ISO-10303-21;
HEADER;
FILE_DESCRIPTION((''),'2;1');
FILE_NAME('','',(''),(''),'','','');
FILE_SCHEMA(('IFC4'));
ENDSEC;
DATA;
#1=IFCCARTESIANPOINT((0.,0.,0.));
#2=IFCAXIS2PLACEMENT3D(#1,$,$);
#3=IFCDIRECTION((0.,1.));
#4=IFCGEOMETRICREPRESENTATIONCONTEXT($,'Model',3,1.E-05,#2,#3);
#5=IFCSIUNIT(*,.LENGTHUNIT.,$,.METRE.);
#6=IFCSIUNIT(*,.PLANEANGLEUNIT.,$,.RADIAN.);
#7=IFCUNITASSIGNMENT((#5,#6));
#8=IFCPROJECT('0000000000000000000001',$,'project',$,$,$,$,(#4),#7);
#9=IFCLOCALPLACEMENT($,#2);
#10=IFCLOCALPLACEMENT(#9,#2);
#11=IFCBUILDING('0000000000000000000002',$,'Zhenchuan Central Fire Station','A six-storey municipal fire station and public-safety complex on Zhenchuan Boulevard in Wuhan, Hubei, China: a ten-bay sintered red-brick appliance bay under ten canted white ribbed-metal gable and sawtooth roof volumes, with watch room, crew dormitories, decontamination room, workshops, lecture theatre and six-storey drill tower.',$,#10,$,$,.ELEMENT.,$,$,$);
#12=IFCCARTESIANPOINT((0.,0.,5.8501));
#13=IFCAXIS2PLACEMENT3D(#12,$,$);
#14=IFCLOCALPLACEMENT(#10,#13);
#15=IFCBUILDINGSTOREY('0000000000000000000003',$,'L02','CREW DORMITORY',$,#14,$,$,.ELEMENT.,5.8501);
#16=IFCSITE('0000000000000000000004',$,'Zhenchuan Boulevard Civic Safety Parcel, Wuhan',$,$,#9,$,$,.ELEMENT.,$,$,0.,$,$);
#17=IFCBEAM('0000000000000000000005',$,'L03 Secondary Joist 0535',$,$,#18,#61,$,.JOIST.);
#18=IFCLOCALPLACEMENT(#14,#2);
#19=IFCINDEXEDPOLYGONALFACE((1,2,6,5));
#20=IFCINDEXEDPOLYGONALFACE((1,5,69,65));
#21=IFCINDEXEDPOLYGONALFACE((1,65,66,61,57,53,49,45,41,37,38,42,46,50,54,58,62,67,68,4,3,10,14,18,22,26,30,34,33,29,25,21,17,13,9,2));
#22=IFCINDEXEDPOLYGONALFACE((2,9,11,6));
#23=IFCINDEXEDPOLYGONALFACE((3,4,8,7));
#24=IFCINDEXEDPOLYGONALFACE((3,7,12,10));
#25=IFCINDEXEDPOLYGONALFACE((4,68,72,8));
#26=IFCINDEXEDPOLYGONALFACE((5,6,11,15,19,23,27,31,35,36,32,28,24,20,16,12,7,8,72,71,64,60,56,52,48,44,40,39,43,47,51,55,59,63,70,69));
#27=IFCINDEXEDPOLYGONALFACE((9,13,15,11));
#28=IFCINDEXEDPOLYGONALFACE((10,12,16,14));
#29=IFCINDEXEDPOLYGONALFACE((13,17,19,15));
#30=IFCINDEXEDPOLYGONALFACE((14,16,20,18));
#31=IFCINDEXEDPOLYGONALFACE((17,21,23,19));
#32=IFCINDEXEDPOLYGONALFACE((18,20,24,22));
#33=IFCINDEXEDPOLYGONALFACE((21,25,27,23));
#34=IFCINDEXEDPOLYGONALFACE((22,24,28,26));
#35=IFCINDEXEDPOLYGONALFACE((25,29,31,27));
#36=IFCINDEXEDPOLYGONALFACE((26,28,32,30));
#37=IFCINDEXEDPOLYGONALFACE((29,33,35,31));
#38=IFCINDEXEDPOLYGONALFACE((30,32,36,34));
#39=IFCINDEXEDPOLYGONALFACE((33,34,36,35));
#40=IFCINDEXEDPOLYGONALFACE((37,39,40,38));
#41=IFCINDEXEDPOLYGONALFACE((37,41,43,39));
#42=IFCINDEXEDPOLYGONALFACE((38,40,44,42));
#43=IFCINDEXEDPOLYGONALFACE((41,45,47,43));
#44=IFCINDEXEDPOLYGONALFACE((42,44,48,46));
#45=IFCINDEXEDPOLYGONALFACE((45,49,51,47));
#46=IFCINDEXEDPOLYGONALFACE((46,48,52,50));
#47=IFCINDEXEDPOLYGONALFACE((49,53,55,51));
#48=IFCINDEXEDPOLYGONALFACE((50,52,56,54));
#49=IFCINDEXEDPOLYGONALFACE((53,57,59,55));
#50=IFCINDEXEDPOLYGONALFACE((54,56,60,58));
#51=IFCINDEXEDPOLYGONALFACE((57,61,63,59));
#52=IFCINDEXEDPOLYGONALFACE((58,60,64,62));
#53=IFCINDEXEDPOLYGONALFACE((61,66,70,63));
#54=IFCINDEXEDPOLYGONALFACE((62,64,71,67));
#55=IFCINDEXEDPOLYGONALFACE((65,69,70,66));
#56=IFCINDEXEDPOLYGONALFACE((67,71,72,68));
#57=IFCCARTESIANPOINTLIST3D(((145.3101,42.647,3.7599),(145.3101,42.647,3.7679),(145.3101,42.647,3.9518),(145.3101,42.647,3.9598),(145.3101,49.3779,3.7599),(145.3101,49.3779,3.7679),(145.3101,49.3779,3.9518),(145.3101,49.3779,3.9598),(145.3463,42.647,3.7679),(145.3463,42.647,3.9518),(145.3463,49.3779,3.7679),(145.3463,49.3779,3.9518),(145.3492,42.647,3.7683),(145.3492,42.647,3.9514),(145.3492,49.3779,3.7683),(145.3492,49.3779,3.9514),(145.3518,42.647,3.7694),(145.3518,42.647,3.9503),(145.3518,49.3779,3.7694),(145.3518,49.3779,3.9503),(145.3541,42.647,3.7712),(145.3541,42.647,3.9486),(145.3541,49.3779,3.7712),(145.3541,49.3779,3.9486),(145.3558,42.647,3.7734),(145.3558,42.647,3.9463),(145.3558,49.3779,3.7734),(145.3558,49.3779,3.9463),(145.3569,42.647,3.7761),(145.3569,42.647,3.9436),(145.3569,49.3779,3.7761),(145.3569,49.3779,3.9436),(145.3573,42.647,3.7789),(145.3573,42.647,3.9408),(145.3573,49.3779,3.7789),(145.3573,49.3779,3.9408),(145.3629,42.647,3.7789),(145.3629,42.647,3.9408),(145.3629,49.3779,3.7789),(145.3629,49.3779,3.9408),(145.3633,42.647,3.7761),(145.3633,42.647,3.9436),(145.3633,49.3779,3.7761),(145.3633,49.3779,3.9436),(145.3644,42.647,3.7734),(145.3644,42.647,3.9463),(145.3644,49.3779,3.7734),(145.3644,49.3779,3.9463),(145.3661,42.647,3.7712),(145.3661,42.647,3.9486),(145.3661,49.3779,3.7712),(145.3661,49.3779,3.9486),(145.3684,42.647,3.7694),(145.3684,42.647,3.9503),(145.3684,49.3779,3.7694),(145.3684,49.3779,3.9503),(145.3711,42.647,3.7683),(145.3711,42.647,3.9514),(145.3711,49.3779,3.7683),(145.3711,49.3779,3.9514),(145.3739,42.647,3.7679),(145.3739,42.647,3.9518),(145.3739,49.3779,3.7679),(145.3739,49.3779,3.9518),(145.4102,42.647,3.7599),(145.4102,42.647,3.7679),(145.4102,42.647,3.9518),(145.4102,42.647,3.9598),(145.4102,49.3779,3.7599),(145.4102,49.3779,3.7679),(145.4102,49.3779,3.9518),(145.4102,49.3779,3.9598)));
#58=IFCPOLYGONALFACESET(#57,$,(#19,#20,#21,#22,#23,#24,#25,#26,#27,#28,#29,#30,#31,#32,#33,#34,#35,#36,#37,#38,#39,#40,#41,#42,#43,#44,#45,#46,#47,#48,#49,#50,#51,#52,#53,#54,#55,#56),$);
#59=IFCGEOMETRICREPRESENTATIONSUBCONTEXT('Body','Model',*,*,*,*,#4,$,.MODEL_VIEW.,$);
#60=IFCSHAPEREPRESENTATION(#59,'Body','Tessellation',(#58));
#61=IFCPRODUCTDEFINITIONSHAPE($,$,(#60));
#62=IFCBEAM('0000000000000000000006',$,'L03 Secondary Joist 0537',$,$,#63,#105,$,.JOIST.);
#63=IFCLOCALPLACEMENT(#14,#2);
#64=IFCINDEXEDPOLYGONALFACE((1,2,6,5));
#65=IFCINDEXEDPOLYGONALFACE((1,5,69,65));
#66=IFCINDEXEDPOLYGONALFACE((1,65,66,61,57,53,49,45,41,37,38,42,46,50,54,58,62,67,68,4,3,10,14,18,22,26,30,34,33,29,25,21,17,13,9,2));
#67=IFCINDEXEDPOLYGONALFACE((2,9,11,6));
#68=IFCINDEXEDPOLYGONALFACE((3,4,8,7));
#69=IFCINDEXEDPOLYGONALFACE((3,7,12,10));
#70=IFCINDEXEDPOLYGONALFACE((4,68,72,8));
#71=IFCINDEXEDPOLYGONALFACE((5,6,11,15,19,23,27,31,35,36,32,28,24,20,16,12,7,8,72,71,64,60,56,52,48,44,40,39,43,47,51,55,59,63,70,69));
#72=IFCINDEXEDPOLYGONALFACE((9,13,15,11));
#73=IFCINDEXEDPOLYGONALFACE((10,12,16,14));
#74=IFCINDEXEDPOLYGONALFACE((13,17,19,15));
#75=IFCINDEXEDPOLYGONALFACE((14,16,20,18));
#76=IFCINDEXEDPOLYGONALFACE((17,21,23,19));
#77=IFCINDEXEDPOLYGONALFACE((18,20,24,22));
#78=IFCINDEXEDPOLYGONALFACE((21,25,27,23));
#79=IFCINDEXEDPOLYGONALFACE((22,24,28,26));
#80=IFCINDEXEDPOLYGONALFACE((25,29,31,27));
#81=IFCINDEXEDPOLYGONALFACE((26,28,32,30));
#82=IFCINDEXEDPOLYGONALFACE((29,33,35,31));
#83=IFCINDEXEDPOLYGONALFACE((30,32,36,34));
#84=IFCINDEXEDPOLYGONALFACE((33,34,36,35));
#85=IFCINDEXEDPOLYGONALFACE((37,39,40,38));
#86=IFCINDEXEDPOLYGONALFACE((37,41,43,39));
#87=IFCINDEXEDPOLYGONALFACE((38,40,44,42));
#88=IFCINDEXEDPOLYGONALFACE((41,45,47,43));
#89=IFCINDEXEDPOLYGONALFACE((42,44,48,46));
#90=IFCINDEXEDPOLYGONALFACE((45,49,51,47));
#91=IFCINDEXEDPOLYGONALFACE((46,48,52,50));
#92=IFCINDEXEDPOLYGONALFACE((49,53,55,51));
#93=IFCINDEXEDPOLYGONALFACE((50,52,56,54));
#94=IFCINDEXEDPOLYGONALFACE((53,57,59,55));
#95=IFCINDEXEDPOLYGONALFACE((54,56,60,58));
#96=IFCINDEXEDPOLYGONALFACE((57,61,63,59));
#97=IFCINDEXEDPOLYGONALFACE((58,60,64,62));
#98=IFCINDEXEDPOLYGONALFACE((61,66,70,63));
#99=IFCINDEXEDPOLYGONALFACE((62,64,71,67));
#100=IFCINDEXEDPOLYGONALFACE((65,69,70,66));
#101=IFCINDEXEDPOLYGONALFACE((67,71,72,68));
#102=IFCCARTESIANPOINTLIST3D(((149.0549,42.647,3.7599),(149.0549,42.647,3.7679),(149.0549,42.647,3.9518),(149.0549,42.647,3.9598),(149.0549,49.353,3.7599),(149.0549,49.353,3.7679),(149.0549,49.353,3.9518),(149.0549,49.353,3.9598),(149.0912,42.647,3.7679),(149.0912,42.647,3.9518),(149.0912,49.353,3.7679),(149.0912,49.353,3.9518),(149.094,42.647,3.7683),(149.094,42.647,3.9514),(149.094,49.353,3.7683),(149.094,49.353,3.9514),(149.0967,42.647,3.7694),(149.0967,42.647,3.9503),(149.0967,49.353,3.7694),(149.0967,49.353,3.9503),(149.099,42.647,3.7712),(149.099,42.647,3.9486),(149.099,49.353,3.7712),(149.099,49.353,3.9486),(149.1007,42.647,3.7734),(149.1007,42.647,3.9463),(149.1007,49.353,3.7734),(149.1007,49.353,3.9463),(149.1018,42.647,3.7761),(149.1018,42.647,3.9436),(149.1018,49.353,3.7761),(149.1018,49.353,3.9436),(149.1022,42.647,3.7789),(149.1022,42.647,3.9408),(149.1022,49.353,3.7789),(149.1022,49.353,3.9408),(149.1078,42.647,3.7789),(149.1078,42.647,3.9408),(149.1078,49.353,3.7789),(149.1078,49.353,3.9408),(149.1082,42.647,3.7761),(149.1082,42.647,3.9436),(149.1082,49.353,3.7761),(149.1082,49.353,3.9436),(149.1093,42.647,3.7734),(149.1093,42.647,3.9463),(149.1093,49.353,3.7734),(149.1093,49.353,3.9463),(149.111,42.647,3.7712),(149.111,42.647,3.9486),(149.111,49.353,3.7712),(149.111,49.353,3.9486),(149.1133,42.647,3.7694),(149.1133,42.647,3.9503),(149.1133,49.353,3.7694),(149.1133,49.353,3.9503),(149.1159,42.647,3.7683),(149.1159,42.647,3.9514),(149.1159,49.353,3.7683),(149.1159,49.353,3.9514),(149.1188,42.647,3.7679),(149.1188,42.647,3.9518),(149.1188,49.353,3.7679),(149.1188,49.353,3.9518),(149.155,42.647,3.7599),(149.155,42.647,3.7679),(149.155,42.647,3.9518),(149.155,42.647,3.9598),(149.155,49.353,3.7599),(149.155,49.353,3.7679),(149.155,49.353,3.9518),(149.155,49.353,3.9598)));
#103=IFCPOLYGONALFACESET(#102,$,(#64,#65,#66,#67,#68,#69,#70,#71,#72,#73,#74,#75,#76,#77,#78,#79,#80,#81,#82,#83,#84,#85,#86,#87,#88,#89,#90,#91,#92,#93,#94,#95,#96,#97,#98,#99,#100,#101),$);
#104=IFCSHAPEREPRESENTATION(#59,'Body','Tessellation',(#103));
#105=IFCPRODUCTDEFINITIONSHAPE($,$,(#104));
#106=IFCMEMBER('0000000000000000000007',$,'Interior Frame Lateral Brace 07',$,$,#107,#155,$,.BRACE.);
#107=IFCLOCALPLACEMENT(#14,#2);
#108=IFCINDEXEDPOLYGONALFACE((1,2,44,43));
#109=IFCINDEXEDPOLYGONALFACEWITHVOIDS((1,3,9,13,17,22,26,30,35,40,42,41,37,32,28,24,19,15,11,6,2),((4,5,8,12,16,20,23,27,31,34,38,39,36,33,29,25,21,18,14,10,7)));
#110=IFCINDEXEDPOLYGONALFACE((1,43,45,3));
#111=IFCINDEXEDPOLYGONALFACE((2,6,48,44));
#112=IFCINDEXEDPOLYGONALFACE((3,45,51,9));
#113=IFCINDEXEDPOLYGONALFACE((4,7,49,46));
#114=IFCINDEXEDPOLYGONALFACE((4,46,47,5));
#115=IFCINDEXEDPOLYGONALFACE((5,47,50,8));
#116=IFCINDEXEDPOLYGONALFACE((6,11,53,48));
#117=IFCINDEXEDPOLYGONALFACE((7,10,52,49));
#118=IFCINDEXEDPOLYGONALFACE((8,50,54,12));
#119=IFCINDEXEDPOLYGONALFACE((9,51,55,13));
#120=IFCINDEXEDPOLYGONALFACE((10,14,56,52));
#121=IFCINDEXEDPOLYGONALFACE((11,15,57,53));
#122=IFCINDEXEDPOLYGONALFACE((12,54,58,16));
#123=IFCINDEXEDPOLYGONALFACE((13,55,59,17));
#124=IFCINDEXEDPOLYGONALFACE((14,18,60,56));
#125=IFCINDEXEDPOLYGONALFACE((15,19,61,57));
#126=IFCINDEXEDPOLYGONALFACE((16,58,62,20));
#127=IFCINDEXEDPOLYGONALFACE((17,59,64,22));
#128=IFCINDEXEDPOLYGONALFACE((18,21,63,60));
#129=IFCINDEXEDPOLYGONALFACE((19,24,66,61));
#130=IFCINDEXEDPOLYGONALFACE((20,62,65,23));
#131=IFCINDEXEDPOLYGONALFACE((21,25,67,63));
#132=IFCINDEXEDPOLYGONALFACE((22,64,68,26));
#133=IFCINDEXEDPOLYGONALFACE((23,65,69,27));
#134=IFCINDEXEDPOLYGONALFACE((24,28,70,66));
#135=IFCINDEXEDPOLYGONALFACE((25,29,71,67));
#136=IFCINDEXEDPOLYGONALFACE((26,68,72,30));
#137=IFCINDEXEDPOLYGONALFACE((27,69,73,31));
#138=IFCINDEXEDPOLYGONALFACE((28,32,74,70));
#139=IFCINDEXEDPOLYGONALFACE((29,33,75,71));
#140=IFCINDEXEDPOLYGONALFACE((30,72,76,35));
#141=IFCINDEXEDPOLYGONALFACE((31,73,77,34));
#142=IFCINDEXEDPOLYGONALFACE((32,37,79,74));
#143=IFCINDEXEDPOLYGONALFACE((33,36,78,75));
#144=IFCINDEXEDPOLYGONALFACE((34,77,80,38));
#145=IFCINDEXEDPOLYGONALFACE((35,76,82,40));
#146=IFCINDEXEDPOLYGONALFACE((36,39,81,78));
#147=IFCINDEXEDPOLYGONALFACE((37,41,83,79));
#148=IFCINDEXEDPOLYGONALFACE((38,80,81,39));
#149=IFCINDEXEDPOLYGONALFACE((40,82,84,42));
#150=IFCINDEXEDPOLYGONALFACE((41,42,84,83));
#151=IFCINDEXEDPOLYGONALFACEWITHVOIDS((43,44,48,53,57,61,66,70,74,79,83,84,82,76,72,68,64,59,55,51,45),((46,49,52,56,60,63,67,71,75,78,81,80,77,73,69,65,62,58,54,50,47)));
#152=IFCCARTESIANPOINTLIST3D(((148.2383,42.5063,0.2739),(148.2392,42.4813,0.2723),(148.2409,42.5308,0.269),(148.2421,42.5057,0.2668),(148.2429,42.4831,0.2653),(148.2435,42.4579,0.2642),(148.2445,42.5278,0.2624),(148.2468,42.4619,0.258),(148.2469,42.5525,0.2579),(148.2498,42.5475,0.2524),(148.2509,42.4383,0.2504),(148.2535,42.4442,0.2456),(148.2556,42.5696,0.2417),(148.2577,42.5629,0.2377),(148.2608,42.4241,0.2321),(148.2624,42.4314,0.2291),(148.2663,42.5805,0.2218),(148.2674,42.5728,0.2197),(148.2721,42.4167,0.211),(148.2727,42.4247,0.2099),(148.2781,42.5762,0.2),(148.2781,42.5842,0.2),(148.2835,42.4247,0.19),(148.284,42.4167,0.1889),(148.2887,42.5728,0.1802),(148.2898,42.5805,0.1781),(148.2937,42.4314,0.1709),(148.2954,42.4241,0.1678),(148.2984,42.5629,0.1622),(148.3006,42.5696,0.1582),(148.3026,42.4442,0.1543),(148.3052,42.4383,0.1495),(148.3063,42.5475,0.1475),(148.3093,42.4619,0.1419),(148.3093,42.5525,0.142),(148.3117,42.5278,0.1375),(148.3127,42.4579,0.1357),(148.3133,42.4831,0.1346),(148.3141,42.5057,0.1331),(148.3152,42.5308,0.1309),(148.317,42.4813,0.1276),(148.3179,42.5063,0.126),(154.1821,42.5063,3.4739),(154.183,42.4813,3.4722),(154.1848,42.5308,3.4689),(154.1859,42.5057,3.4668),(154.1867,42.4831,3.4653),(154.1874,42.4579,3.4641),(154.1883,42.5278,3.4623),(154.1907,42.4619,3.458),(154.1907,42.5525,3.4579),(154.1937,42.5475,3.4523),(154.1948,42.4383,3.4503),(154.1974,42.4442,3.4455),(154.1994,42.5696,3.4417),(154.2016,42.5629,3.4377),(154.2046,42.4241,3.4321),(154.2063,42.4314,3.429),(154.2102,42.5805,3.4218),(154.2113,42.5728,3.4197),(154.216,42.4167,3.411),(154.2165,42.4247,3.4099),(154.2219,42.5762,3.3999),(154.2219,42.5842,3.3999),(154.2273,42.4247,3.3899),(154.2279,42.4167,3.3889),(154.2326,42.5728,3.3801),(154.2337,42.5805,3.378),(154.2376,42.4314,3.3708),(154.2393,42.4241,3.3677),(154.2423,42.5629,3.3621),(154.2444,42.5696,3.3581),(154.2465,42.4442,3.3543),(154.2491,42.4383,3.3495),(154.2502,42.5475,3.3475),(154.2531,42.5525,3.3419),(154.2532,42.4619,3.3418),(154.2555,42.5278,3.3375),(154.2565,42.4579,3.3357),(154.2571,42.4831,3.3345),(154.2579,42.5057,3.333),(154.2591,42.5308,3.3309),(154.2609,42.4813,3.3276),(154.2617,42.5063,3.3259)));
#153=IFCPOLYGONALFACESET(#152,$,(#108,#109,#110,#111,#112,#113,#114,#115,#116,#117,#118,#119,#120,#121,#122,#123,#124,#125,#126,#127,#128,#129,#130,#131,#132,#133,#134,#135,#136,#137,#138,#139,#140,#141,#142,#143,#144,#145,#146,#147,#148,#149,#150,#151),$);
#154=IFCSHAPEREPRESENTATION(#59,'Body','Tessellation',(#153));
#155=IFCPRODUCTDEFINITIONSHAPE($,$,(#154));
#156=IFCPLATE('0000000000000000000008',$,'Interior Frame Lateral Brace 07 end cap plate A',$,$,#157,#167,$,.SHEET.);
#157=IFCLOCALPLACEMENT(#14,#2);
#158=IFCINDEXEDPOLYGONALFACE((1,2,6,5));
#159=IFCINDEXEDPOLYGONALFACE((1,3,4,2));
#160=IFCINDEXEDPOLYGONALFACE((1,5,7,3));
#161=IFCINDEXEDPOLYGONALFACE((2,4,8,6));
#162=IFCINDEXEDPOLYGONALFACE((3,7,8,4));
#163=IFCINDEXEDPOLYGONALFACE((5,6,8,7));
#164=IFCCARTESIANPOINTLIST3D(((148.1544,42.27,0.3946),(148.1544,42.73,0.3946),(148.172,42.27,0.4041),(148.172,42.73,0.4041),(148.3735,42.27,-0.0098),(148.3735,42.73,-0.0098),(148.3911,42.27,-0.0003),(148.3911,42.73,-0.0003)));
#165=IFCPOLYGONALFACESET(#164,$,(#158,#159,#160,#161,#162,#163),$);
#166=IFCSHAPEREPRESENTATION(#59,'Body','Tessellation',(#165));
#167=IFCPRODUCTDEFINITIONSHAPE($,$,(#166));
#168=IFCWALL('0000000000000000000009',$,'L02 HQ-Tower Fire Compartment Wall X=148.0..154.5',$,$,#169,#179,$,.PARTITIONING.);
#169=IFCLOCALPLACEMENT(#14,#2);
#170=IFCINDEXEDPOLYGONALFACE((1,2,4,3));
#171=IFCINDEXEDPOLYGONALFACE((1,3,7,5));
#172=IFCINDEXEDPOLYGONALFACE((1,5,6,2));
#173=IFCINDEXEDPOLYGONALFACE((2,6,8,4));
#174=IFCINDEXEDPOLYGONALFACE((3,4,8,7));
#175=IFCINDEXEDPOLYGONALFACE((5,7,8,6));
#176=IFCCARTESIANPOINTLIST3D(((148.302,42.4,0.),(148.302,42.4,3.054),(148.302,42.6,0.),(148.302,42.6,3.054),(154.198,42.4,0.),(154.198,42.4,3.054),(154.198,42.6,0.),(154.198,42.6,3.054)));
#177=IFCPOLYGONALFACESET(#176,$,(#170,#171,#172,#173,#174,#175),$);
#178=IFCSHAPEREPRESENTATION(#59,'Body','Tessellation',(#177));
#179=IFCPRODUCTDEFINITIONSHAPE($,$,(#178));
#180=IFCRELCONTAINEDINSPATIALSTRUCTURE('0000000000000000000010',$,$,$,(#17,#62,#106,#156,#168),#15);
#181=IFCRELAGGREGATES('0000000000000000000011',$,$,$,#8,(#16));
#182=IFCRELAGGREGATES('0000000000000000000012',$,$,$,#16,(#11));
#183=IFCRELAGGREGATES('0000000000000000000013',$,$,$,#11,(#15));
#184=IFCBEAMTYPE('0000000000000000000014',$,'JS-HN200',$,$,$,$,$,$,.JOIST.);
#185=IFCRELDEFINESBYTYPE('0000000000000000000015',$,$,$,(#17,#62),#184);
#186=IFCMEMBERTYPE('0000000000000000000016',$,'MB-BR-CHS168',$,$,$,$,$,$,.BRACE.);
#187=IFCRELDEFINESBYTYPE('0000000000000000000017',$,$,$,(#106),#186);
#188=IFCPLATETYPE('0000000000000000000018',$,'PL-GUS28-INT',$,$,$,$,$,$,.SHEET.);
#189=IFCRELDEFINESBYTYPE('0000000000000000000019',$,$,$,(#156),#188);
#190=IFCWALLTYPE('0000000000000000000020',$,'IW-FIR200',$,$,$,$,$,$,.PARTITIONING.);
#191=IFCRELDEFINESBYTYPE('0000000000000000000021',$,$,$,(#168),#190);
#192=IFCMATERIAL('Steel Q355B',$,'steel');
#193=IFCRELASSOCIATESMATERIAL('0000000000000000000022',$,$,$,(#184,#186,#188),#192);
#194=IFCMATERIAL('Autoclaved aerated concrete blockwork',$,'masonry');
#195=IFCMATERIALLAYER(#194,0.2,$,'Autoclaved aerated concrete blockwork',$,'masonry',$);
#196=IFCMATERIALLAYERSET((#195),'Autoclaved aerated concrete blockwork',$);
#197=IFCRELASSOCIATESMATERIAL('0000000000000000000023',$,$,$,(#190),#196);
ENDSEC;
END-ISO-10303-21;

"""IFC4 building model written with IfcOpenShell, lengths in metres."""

from ifc_helpers import new_model, si_unit, direction, frame, frame_2d, origin, origin_2d, place, context, subcontext, project, spatial, rectangle, hollow_circle, i_section, extrude, material, layer, layer_set, material_profile, profile_set, type_object, element, save


model = new_model("IFC4")

# Units and contexts
model_context = context("Model", 3, precision=1e-05, world=origin(), true_north=direction((0.0, 1.0)))
body_context = subcontext(model_context, "Body", "Model", "MODEL_VIEW")
ifc_project = project(units=[si_unit("LENGTHUNIT", "METRE"), si_unit("PLANEANGLEUNIT", "RADIAN")], contexts=[model_context])

# Site, building, storey
site_placement = place(None, origin())
site = spatial("IfcSite", under=ifc_project, at=site_placement, Name="Zhenchuan Boulevard Civic Safety Parcel, Wuhan", CompositionType="ELEMENT", RefElevation=0.0)
building_placement = place(site_placement, origin())
building = spatial("IfcBuilding", under=site, at=building_placement, Name="Zhenchuan Central Fire Station", Description="A six-storey municipal fire station and public-safety complex on Zhenchuan Boulevard in Wuhan, Hubei, China: a ten-bay sintered red-brick appliance bay under ten canted white ribbed-metal gable and sawtooth roof volumes, with watch room, crew dormitories, decontamination room, workshops, lecture theatre and six-storey drill tower.", CompositionType="ELEMENT")
storey_placement = place(building_placement, frame((0.0, 0.0, 5.8501)))
storey = spatial("IfcBuildingStorey", under=building, at=storey_placement, Name="L02", Description="CREW DORMITORY", CompositionType="ELEMENT", Elevation=5.8501)

# Beams
ifc_material_1 = material(Name="Steel Q355B", Category="steel")
ifc_material_profile_1 = material_profile(ifc_material_1, i_section(OverallWidth=0.1001, OverallDepth=0.2, WebThickness=0.0056, FlangeThickness=0.0081, FilletRadius=0.011, at=origin_2d()), Name="HN 200x100")
ifc_profile_set_1 = profile_set([ifc_material_profile_1], Name="Steel Q355B")
beam_type_1 = type_object("IfcBeamType", Name="JS-HN200", PredefinedType="JOIST", material=ifc_profile_set_1)
for number, where, z_axis, x_axis, name in (
    (1, (145.3601, 42.647, 3.8599), (0.0, 1.0, 0.0), (-1.0, 0.0, 0.0), "L03 Secondary Joist 0535"),
):
    element("IfcBeam", number, at=place(storey_placement, frame(where, z_axis=z_axis, x_axis=x_axis)), inside=storey, type_object=beam_type_1, Name=name, PredefinedType="JOIST", context=body_context, shape_type="SweptSolid", body=[
        extrude(i_section(OverallWidth=0.1001, OverallDepth=0.2, WebThickness=0.0056, FlangeThickness=0.0081, FilletRadius=0.011, at=origin_2d()), origin(), (0.0, 0.0, 1.0), 6.731),
    ])
beam_1_placement = place(storey_placement, frame((149.105, 42.647, 3.8599), z_axis=(0.0, 1.0, 0.0), x_axis=(-1.0, 0.0, 0.0)))
element("IfcBeam", 2, at=beam_1_placement, inside=storey, type_object=beam_type_1, Name="L03 Secondary Joist 0537", PredefinedType="JOIST", context=body_context, shape_type="SweptSolid", body=[
    extrude(i_section(OverallWidth=0.1001, OverallDepth=0.2, WebThickness=0.0056, FlangeThickness=0.0081, FilletRadius=0.011, at=origin_2d()), origin(), (0.0, 0.0, 1.0), 6.7061),
])

# Member
ifc_material_profile_2 = material_profile(ifc_material_1, hollow_circle(Radius=0.0842, WallThickness=0.0081, at=origin_2d()), Name="CHS 168.3x8")
ifc_profile_set_2 = profile_set([ifc_material_profile_2], Name="Steel Q355B")
member_type = type_object("IfcMemberType", Name="MB-BR-CHS168", PredefinedType="BRACE", material=ifc_profile_set_2)
member_placement = place(storey_placement, frame((148.2781, 42.5, 0.2), z_axis=(0.880507, 0.0, 0.474033), x_axis=(0.0, 1.0, 0.0)))
element("IfcMember", 3, at=member_placement, inside=storey, type_object=member_type, Name="Interior Frame Lateral Brace 07", PredefinedType="BRACE", context=body_context, shape_type="SweptSolid", body=[
    extrude(hollow_circle(Radius=0.0842, WallThickness=0.0081, at=origin_2d()), origin(), (0.0, 0.0, 1.0), 6.7505),
])

# Plate
ifc_material_profile_3 = material_profile(ifc_material_1, rectangle(XDim=0.46, YDim=0.46, at=origin_2d()), Name="PL 460x460x28")
ifc_profile_set_3 = profile_set([ifc_material_profile_3], Name="Steel Q355B")
plate_type = type_object("IfcPlateType", Name="PL-GUS28-INT", PredefinedType="SHEET", material=ifc_profile_set_3)
plate_placement = place(storey_placement, frame((148.2639, 42.5, 0.1924), z_axis=(0.879292, 0.0, 0.476283), x_axis=(0.0, 1.0, 0.0)))
element("IfcPlate", 4, at=plate_placement, inside=storey, type_object=plate_type, Name="Interior Frame Lateral Brace 07 end cap plate A", PredefinedType="SHEET", context=body_context, shape_type="SweptSolid", body=[
    extrude(rectangle(XDim=0.46, YDim=0.46, at=origin_2d()), origin(), (0.0, 0.0, 1.0), 0.02),
])

# Shared definitions
ifc_material_2 = material(Name="Autoclaved aerated concrete blockwork", Category="masonry")
ifc_layer_1 = layer(ifc_material_2, 0.2, Name="Autoclaved aerated concrete blockwork", Category="masonry")
ifc_layer_set_1 = layer_set([ifc_layer_1], Name="Autoclaved aerated concrete blockwork")
wall_type_1 = type_object("IfcWallType", Name="IW-FIR200", PredefinedType="PARTITIONING", material=ifc_layer_set_1)

# Wall
wall_1_placement = place(storey_placement, frame((148.302, 42.5, 0.0), z_axis=(0.0, 0.0, 1.0), x_axis=(1.0, 0.0, 0.0)))
element("IfcWall", 5, at=wall_1_placement, inside=storey, type_object=wall_type_1, Name="L02 HQ-Tower Fire Compartment Wall X=148.0..154.5", PredefinedType="PARTITIONING", context=body_context, shape_type="SweptSolid", body=[
    extrude(rectangle(XDim=5.896, YDim=0.2, at=frame_2d((2.948, 0.0))), origin(), (0.0, 0.0, 1.0), 3.054),
])

save(model, "model.ifc")
